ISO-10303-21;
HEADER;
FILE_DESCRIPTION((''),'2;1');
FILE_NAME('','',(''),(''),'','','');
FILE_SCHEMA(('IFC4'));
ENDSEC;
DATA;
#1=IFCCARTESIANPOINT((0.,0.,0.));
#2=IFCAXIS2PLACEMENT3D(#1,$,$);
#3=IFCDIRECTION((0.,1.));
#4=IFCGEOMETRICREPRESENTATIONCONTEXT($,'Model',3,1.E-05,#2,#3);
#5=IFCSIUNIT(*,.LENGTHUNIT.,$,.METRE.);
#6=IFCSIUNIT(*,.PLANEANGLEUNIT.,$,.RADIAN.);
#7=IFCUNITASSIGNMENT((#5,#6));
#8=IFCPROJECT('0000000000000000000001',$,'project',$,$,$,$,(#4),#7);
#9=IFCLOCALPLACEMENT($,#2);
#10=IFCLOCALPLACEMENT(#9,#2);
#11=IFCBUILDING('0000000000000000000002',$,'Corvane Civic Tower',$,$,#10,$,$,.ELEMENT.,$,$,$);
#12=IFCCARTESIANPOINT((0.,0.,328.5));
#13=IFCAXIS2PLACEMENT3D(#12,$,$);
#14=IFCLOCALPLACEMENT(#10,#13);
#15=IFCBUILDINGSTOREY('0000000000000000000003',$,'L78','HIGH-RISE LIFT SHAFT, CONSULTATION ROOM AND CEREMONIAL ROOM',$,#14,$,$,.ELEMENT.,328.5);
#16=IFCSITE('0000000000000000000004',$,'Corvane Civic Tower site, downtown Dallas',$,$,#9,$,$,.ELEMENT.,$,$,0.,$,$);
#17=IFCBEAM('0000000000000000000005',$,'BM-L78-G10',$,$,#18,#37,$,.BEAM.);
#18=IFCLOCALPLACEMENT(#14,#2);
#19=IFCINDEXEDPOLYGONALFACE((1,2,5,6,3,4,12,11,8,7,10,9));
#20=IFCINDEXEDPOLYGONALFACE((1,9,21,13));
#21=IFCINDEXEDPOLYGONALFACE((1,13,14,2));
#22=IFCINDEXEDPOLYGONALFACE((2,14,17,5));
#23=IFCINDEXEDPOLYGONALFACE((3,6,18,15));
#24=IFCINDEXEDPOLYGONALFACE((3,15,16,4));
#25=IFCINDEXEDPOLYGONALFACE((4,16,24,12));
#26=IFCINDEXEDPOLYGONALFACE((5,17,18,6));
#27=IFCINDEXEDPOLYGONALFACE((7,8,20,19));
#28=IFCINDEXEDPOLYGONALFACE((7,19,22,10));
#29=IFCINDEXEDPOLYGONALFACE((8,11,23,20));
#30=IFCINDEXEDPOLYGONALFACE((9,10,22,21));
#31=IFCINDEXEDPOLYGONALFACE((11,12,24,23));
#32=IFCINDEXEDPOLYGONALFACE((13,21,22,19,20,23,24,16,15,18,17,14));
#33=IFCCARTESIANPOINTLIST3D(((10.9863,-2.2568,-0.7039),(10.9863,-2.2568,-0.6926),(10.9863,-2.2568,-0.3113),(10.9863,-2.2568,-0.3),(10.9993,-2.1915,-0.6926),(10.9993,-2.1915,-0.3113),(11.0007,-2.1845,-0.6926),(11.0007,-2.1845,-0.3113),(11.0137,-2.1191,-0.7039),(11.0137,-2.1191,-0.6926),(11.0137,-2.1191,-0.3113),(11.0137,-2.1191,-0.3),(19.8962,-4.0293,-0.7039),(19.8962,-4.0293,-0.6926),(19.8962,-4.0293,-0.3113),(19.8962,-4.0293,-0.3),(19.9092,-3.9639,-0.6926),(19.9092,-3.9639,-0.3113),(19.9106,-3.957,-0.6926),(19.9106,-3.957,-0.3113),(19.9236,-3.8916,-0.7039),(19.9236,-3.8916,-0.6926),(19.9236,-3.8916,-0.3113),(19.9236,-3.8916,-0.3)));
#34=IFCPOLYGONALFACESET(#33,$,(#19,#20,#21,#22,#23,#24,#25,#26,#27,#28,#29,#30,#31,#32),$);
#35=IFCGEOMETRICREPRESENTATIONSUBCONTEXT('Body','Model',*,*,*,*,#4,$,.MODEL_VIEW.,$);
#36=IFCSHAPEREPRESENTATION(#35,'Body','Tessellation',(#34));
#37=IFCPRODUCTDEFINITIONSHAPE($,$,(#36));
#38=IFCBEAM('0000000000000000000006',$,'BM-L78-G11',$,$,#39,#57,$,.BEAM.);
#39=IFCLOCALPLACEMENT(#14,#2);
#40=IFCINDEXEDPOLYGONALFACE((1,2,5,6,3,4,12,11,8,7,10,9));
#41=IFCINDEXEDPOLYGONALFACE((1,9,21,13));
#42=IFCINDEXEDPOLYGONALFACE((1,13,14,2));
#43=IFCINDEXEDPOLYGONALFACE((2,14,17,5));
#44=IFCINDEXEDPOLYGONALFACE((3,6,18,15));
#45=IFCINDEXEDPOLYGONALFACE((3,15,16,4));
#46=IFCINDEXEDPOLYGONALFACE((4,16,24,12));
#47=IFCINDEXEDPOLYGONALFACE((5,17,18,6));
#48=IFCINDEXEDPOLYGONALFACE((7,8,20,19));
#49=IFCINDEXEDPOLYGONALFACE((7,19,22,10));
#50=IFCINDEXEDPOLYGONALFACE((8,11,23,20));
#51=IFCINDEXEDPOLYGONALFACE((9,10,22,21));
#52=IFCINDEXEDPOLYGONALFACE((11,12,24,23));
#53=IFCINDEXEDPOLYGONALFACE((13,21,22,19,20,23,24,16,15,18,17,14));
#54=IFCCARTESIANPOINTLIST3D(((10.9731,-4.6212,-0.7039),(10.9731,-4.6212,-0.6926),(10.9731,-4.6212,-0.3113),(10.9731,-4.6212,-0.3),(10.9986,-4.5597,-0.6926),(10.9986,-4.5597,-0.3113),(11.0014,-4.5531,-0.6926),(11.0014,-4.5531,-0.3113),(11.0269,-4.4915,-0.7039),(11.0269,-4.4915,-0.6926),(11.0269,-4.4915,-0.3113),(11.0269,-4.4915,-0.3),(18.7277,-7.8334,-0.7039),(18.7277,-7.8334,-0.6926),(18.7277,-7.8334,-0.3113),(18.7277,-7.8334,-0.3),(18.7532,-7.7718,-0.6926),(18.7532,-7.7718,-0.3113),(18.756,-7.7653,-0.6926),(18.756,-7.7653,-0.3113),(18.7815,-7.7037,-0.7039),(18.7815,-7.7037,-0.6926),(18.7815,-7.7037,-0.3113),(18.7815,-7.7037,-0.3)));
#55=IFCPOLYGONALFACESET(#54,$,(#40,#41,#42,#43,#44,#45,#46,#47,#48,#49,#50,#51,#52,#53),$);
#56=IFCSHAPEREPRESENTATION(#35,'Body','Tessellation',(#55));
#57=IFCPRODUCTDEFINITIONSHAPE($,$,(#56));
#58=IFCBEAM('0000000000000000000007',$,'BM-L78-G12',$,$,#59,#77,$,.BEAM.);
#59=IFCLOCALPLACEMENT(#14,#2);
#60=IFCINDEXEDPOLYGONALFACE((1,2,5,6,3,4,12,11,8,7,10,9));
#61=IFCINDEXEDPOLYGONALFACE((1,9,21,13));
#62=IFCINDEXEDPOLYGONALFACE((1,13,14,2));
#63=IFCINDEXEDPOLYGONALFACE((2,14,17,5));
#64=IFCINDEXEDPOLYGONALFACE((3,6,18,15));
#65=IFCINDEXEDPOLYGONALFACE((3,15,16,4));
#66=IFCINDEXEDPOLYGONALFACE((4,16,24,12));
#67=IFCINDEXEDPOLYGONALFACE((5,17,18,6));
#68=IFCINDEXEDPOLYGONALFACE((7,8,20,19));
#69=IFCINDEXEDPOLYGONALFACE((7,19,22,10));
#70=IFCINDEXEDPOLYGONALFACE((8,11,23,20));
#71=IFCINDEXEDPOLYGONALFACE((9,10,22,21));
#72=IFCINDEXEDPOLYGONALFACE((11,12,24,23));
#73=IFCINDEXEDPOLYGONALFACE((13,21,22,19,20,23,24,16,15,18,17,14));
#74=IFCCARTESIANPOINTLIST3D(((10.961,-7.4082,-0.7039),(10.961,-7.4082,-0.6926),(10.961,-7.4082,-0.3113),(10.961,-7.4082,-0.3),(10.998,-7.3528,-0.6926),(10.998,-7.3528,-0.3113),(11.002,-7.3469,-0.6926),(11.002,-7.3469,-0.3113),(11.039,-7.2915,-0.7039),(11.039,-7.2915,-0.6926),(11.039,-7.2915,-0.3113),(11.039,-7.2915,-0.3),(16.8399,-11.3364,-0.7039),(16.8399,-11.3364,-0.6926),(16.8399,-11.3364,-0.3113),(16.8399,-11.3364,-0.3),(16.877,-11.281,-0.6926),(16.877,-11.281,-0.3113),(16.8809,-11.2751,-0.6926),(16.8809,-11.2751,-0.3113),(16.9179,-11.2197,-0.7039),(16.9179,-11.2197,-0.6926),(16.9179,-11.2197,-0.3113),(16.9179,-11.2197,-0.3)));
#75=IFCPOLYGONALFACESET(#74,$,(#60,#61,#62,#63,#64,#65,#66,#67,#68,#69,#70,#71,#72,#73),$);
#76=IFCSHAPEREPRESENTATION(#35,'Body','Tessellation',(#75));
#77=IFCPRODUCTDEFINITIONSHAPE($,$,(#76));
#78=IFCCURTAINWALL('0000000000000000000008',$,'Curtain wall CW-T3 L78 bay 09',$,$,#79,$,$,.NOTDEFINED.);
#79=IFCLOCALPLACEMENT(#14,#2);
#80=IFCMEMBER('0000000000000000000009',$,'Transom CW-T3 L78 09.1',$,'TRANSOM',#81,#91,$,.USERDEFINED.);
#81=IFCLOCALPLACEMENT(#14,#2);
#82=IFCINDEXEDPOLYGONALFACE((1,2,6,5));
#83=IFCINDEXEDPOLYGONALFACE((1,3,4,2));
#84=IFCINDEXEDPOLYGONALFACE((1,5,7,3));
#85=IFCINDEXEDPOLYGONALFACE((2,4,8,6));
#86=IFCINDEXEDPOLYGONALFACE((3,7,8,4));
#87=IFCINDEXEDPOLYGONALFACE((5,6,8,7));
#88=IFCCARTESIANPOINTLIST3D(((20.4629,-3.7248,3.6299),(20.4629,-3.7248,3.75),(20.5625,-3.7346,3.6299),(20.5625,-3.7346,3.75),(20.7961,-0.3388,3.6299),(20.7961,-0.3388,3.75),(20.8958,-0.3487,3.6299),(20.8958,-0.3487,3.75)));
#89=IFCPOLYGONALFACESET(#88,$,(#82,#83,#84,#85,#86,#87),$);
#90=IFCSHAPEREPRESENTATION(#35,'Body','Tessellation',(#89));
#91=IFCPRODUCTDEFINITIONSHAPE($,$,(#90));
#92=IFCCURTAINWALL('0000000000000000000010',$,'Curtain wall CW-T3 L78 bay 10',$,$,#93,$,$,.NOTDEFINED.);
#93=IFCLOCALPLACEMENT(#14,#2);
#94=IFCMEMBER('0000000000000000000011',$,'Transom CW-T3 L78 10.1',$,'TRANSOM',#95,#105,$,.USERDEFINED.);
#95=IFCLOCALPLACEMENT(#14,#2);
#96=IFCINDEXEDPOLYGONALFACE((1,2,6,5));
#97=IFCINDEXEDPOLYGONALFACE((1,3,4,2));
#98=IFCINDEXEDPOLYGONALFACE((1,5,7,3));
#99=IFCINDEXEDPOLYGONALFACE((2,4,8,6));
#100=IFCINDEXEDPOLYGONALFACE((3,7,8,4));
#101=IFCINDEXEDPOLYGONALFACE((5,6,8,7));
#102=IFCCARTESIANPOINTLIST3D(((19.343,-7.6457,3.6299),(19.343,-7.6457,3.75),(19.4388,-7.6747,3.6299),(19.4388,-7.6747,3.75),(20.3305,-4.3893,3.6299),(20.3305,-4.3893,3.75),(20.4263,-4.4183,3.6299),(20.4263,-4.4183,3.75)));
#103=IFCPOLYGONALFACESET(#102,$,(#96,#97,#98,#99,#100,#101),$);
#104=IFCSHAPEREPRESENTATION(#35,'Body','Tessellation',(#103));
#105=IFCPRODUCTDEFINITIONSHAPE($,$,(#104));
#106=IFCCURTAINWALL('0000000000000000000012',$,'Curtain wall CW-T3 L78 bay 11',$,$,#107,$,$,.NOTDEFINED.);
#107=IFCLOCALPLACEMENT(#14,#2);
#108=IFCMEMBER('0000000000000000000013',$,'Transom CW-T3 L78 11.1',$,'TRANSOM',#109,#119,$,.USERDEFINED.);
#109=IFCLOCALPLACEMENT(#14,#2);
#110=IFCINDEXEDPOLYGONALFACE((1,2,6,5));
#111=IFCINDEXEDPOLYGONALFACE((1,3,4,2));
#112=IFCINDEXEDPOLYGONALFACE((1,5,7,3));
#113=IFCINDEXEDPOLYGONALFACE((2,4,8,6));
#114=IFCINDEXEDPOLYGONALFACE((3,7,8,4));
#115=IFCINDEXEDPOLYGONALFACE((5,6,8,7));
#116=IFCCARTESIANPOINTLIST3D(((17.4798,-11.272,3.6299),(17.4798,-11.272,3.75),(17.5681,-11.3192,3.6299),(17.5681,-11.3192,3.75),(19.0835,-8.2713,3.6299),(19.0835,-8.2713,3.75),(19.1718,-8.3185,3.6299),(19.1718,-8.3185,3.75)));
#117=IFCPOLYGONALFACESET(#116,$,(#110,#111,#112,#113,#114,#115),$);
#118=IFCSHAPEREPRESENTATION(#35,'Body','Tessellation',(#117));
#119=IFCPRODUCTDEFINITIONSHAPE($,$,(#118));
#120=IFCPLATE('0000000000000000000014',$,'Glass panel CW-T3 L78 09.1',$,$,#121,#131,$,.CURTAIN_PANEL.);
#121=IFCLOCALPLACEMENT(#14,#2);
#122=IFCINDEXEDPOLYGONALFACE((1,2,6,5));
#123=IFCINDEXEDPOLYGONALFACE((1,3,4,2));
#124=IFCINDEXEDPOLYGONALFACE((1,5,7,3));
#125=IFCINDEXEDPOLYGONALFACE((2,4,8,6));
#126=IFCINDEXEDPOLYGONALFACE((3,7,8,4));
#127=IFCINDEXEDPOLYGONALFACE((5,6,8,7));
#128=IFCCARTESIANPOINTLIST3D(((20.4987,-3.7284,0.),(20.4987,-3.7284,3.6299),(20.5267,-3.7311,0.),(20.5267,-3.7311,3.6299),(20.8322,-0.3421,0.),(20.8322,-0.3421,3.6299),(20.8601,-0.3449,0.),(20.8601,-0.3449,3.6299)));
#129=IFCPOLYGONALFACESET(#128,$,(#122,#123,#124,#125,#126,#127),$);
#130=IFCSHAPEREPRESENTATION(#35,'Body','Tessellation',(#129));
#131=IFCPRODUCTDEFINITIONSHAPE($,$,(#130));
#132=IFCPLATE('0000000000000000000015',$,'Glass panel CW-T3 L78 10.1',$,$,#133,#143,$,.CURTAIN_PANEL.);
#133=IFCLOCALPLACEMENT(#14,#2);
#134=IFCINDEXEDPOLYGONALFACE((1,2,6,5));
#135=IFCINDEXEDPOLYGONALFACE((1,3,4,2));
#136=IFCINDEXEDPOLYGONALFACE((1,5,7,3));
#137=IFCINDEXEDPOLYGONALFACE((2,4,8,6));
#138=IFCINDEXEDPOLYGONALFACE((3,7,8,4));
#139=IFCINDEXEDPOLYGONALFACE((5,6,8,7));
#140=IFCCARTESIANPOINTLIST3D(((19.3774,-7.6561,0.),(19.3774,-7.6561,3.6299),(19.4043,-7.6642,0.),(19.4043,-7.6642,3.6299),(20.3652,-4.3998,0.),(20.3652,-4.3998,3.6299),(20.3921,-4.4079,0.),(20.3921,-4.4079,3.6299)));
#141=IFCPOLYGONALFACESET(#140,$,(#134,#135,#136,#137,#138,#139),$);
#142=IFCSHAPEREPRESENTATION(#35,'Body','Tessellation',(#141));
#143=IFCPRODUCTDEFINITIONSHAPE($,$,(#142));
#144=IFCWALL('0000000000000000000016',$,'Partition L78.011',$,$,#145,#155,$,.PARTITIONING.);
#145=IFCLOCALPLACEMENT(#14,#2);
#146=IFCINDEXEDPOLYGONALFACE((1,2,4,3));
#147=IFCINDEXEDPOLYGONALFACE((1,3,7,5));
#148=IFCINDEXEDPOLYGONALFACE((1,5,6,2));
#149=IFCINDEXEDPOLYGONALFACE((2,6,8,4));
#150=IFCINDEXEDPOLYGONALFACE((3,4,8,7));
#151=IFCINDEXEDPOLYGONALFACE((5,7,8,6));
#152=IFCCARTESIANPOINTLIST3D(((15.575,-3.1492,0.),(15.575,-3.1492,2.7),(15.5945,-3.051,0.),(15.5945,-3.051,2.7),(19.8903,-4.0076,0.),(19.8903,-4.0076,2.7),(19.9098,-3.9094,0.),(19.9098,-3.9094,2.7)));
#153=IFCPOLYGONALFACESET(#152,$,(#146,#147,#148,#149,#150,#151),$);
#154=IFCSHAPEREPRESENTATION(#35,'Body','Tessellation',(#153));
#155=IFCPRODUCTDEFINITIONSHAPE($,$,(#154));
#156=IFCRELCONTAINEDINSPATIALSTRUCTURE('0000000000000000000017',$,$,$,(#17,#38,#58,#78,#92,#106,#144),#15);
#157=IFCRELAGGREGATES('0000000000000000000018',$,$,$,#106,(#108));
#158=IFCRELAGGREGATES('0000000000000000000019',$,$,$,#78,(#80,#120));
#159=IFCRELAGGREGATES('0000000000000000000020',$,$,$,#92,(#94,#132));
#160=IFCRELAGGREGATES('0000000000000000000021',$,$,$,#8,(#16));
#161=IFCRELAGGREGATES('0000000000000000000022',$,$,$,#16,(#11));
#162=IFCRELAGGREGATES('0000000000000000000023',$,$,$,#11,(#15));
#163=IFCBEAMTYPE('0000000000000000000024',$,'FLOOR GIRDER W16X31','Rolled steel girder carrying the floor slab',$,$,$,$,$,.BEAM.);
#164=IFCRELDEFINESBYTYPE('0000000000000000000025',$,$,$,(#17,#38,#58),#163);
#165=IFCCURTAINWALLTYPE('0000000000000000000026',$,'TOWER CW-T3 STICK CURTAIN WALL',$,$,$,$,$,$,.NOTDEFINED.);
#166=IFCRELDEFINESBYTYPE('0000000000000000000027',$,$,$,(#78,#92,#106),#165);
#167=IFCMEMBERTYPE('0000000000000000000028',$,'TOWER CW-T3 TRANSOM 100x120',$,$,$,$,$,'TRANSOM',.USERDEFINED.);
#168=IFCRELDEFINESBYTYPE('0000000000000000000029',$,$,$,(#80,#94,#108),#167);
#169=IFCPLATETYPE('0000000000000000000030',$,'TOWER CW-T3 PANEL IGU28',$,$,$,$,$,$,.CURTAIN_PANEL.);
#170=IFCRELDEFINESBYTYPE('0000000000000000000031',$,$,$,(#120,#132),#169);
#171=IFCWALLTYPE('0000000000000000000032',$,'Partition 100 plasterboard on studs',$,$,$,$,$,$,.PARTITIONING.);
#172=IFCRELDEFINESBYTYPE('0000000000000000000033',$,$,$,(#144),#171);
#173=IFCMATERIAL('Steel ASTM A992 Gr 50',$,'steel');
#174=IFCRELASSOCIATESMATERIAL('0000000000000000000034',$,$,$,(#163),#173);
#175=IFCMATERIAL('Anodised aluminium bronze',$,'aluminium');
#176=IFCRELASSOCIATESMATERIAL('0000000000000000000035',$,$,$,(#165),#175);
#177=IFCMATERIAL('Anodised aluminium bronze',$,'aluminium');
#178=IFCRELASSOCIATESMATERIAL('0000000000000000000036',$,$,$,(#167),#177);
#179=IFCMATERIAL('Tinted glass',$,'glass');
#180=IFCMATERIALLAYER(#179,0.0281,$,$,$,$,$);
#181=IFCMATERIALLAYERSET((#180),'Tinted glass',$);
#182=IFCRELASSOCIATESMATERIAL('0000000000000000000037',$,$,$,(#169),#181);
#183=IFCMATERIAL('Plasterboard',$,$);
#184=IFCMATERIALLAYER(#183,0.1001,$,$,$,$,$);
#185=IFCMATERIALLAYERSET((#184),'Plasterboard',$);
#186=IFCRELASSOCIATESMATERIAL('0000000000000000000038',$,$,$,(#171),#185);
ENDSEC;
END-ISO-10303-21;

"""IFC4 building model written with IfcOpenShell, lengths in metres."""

from ifc_helpers import new_model, si_unit, direction, frame, frame_2d, origin, origin_2d, place, context, subcontext, project, spatial, rectangle, i_section, extrude, material, layer, layer_set, material_profile, profile_set, type_object, element, aggregate, save


model = new_model("IFC4")

# Units and contexts
model_context = context("Model", 3, precision=1e-05, world=origin(), true_north=direction((0.0, 1.0)))
body_context = subcontext(model_context, "Body", "Model", "MODEL_VIEW")
ifc_project = project(units=[si_unit("LENGTHUNIT", "METRE"), si_unit("PLANEANGLEUNIT", "RADIAN")], contexts=[model_context])

# Site, building, storey
site_placement = place(None, origin())
site = spatial("IfcSite", under=ifc_project, at=site_placement, Name="Corvane Civic Tower site, downtown Dallas", CompositionType="ELEMENT", RefElevation=0.0)
building_placement = place(site_placement, origin())
building = spatial("IfcBuilding", under=site, at=building_placement, Name="Corvane Civic Tower", CompositionType="ELEMENT")
storey_placement = place(building_placement, frame((0.0, 0.0, 328.5)))
storey = spatial("IfcBuildingStorey", under=building, at=storey_placement, Name="L78", Description="HIGH-RISE LIFT SHAFT, CONSULTATION ROOM AND CEREMONIAL ROOM", CompositionType="ELEMENT", Elevation=328.5)

# Beams
ifc_material_1 = material(Name="Steel ASTM A992 Gr 50", Category="steel")
ifc_material_profile_1 = material_profile(ifc_material_1, i_section(OverallWidth=0.1404, OverallDepth=0.4038, WebThickness=0.0071, FlangeThickness=0.0112, at=origin_2d()), Name="W16X31")
ifc_profile_set_1 = profile_set([ifc_material_profile_1], Name="Steel ASTM A992 Gr 50")
beam_type_1 = type_object("IfcBeamType", Name="FLOOR GIRDER W16X31", Description="Rolled steel girder carrying the floor slab", PredefinedType="BEAM", material=ifc_profile_set_1)
beam_1_placement = place(storey_placement, frame((11.0, -2.188, -0.502), z_axis=(0.980782, -0.195108, 0.0), x_axis=(0.195108, 0.980782, 0.0)))
element("IfcBeam", 1, at=beam_1_placement, inside=storey, type_object=beam_type_1, Name="BM-L78-G10", PredefinedType="BEAM", context=body_context, shape_type="SweptSolid", body=[
    extrude(i_section(OverallWidth=0.1404, OverallDepth=0.4038, WebThickness=0.0071, FlangeThickness=0.0112, at=origin_2d()), origin(), (0.0, 0.0, 1.0), 9.0845),
])
beam_2_placement = place(storey_placement, frame((11.0, -4.5564, -0.502), z_axis=(0.923876, -0.382692, 0.0), x_axis=(0.382692, 0.923876, 0.0)))
element("IfcBeam", 2, at=beam_2_placement, inside=storey, type_object=beam_type_1, Name="BM-L78-G11", PredefinedType="BEAM", context=body_context, shape_type="SweptSolid", body=[
    extrude(i_section(OverallWidth=0.1404, OverallDepth=0.4038, WebThickness=0.0071, FlangeThickness=0.0112, at=origin_2d()), origin(), (0.0, 0.0, 1.0), 8.3936),
])
beam_3_placement = place(storey_placement, frame((11.0, -7.3499, -0.502), z_axis=(0.831465, -0.555576, 0.0), x_axis=(0.555576, 0.831465, 0.0)))
element("IfcBeam", 3, at=beam_3_placement, inside=storey, type_object=beam_type_1, Name="BM-L78-G12", PredefinedType="BEAM", context=body_context, shape_type="SweptSolid", body=[
    extrude(i_section(OverallWidth=0.1404, OverallDepth=0.4038, WebThickness=0.0071, FlangeThickness=0.0112, at=origin_2d()), origin(), (0.0, 0.0, 1.0), 7.0706),
])

# Curtain walls, members
ifc_material_2 = material(Name="Anodised aluminium bronze", Category="aluminium")
curtain_wall_type = type_object("IfcCurtainWallType", Name="TOWER CW-T3 STICK CURTAIN WALL", PredefinedType="NOTDEFINED", material=ifc_material_2)
curtain_wall_1_placement = place(storey_placement, origin())
curtain_wall_1 = element("IfcCurtainWall", 4, at=curtain_wall_1_placement, inside=storey, type_object=curtain_wall_type, Name="Curtain wall CW-T3 L78 bay 09", PredefinedType="NOTDEFINED")
ifc_material_3 = material(Name="Anodised aluminium bronze", Category="aluminium")
ifc_material_profile_2 = material_profile(ifc_material_3, rectangle(XDim=0.1001, YDim=0.1201, at=origin_2d()), Name="TOWER CW-T3 TRANSOM 100x120")
ifc_profile_set_2 = profile_set([ifc_material_profile_2], Name="Anodised aluminium bronze")
member_type = type_object("IfcMemberType", Name="TOWER CW-T3 TRANSOM 100x120", ElementType="TRANSOM", PredefinedType="USERDEFINED", material=ifc_profile_set_2)
member_1_placement = place(storey_placement, frame((20.8459, -0.3438, 3.6899), z_axis=(-0.097948, -0.995192, 0.0), x_axis=(0.995192, -0.097948, 0.0)))
member_1 = element("IfcMember", 5, at=member_1_placement, type_object=member_type, Name="Transom CW-T3 L78 09.1", ObjectType="TRANSOM", PredefinedType="USERDEFINED", context=body_context, shape_type="SweptSolid", body=[
    extrude(rectangle(XDim=0.1001, YDim=0.1201, at=origin_2d()), origin(), (0.0, 0.0, 1.0), 3.4023),
])
curtain_wall_2_placement = place(storey_placement, origin())
curtain_wall_2 = element("IfcCurtainWall", 6, at=curtain_wall_2_placement, inside=storey, type_object=curtain_wall_type, Name="Curtain wall CW-T3 L78 bay 10", PredefinedType="NOTDEFINED")
member_2_placement = place(storey_placement, frame((20.3784, -4.4038, 3.6899), z_axis=(-0.290216, -0.956961, 0.0), x_axis=(0.956961, -0.290216, 0.0)))
member_2 = element("IfcMember", 7, at=member_2_placement, type_object=member_type, Name="Transom CW-T3 L78 10.1", ObjectType="TRANSOM", PredefinedType="USERDEFINED", context=body_context, shape_type="SweptSolid", body=[
    extrude(rectangle(XDim=0.1001, YDim=0.1201, at=origin_2d()), origin(), (0.0, 0.0, 1.0), 3.4028),
])
curtain_wall_3_placement = place(storey_placement, origin())
curtain_wall_3 = element("IfcCurtainWall", 8, at=curtain_wall_3_placement, inside=storey, type_object=curtain_wall_type, Name="Curtain wall CW-T3 L78 bay 11", PredefinedType="NOTDEFINED")
member_3_placement = place(storey_placement, frame((19.1277, -8.2949, 3.6899), z_axis=(-0.471359, -0.881941, 0.0), x_axis=(0.881941, -0.471359, 0.0)))
member_3 = element("IfcMember", 9, at=member_3_placement, type_object=member_type, Name="Transom CW-T3 L78 11.1", ObjectType="TRANSOM", PredefinedType="USERDEFINED", context=body_context, shape_type="SweptSolid", body=[
    extrude(rectangle(XDim=0.1001, YDim=0.1201, at=origin_2d()), origin(), (0.0, 0.0, 1.0), 3.4023),
])
aggregate(curtain_wall_3, [member_3])

# Plates
ifc_material_4 = material(Name="Tinted glass", Category="glass")
ifc_layer_1 = layer(ifc_material_4, 0.0281)
ifc_layer_set_1 = layer_set([ifc_layer_1], Name="Tinted glass")
plate_type = type_object("IfcPlateType", Name="TOWER CW-T3 PANEL IGU28", PredefinedType="CURTAIN_PANEL", material=ifc_layer_set_1)
plate_1_placement = place(storey_placement, frame((20.6794, -2.0366, 0.0), z_axis=(0.0, 0.0, 1.0), x_axis=(-0.097998, -0.995187, 0.0)))
plate_1 = element("IfcPlate", 10, at=plate_1_placement, type_object=plate_type, Name="Glass panel CW-T3 L78 09.1", PredefinedType="CURTAIN_PANEL", context=body_context, shape_type="SweptSolid", body=[
    extrude(rectangle(XDim=3.4026, YDim=0.0281, at=origin_2d()), origin(), (0.0, 0.0, 1.0), 3.6299),
])
aggregate(curtain_wall_1, [member_1, plate_1])
plate_2_placement = place(storey_placement, frame((19.8848, -6.032, 0.0), z_axis=(0.0, 0.0, 1.0), x_axis=(-0.29029, -0.956939, 0.0)))
plate_2 = element("IfcPlate", 11, at=plate_2_placement, type_object=plate_type, Name="Glass panel CW-T3 L78 10.1", PredefinedType="CURTAIN_PANEL", context=body_context, shape_type="SweptSolid", body=[
    extrude(rectangle(XDim=3.4028, YDim=0.0281, at=origin_2d()), origin(), (0.0, 0.0, 1.0), 3.6299),
])
aggregate(curtain_wall_2, [member_2, plate_2])

# Wall
ifc_material_5 = material(Name="Plasterboard")
ifc_layer_2 = layer(ifc_material_5, 0.1001)
ifc_layer_set_2 = layer_set([ifc_layer_2], Name="Plasterboard")
wall_type = type_object("IfcWallType", Name="Partition 100 plasterboard on studs", PredefinedType="PARTITIONING", material=ifc_layer_set_2)
wall_placement = place(storey_placement, frame((15.5847, -3.1001, 0.0), z_axis=(0.0, 0.0, 1.0), x_axis=(0.980785, -0.195092, 0.0)))
element("IfcWall", 12, at=wall_placement, inside=storey, type_object=wall_type, Name="Partition L78.011", PredefinedType="PARTITIONING", context=body_context, shape_type="SweptSolid", body=[
    extrude(rectangle(XDim=4.3999, YDim=0.1001, at=frame_2d((2.2, 0.0))), origin(), (0.0, 0.0, 1.0), 2.7),
])

save(model, "model.ifc")
